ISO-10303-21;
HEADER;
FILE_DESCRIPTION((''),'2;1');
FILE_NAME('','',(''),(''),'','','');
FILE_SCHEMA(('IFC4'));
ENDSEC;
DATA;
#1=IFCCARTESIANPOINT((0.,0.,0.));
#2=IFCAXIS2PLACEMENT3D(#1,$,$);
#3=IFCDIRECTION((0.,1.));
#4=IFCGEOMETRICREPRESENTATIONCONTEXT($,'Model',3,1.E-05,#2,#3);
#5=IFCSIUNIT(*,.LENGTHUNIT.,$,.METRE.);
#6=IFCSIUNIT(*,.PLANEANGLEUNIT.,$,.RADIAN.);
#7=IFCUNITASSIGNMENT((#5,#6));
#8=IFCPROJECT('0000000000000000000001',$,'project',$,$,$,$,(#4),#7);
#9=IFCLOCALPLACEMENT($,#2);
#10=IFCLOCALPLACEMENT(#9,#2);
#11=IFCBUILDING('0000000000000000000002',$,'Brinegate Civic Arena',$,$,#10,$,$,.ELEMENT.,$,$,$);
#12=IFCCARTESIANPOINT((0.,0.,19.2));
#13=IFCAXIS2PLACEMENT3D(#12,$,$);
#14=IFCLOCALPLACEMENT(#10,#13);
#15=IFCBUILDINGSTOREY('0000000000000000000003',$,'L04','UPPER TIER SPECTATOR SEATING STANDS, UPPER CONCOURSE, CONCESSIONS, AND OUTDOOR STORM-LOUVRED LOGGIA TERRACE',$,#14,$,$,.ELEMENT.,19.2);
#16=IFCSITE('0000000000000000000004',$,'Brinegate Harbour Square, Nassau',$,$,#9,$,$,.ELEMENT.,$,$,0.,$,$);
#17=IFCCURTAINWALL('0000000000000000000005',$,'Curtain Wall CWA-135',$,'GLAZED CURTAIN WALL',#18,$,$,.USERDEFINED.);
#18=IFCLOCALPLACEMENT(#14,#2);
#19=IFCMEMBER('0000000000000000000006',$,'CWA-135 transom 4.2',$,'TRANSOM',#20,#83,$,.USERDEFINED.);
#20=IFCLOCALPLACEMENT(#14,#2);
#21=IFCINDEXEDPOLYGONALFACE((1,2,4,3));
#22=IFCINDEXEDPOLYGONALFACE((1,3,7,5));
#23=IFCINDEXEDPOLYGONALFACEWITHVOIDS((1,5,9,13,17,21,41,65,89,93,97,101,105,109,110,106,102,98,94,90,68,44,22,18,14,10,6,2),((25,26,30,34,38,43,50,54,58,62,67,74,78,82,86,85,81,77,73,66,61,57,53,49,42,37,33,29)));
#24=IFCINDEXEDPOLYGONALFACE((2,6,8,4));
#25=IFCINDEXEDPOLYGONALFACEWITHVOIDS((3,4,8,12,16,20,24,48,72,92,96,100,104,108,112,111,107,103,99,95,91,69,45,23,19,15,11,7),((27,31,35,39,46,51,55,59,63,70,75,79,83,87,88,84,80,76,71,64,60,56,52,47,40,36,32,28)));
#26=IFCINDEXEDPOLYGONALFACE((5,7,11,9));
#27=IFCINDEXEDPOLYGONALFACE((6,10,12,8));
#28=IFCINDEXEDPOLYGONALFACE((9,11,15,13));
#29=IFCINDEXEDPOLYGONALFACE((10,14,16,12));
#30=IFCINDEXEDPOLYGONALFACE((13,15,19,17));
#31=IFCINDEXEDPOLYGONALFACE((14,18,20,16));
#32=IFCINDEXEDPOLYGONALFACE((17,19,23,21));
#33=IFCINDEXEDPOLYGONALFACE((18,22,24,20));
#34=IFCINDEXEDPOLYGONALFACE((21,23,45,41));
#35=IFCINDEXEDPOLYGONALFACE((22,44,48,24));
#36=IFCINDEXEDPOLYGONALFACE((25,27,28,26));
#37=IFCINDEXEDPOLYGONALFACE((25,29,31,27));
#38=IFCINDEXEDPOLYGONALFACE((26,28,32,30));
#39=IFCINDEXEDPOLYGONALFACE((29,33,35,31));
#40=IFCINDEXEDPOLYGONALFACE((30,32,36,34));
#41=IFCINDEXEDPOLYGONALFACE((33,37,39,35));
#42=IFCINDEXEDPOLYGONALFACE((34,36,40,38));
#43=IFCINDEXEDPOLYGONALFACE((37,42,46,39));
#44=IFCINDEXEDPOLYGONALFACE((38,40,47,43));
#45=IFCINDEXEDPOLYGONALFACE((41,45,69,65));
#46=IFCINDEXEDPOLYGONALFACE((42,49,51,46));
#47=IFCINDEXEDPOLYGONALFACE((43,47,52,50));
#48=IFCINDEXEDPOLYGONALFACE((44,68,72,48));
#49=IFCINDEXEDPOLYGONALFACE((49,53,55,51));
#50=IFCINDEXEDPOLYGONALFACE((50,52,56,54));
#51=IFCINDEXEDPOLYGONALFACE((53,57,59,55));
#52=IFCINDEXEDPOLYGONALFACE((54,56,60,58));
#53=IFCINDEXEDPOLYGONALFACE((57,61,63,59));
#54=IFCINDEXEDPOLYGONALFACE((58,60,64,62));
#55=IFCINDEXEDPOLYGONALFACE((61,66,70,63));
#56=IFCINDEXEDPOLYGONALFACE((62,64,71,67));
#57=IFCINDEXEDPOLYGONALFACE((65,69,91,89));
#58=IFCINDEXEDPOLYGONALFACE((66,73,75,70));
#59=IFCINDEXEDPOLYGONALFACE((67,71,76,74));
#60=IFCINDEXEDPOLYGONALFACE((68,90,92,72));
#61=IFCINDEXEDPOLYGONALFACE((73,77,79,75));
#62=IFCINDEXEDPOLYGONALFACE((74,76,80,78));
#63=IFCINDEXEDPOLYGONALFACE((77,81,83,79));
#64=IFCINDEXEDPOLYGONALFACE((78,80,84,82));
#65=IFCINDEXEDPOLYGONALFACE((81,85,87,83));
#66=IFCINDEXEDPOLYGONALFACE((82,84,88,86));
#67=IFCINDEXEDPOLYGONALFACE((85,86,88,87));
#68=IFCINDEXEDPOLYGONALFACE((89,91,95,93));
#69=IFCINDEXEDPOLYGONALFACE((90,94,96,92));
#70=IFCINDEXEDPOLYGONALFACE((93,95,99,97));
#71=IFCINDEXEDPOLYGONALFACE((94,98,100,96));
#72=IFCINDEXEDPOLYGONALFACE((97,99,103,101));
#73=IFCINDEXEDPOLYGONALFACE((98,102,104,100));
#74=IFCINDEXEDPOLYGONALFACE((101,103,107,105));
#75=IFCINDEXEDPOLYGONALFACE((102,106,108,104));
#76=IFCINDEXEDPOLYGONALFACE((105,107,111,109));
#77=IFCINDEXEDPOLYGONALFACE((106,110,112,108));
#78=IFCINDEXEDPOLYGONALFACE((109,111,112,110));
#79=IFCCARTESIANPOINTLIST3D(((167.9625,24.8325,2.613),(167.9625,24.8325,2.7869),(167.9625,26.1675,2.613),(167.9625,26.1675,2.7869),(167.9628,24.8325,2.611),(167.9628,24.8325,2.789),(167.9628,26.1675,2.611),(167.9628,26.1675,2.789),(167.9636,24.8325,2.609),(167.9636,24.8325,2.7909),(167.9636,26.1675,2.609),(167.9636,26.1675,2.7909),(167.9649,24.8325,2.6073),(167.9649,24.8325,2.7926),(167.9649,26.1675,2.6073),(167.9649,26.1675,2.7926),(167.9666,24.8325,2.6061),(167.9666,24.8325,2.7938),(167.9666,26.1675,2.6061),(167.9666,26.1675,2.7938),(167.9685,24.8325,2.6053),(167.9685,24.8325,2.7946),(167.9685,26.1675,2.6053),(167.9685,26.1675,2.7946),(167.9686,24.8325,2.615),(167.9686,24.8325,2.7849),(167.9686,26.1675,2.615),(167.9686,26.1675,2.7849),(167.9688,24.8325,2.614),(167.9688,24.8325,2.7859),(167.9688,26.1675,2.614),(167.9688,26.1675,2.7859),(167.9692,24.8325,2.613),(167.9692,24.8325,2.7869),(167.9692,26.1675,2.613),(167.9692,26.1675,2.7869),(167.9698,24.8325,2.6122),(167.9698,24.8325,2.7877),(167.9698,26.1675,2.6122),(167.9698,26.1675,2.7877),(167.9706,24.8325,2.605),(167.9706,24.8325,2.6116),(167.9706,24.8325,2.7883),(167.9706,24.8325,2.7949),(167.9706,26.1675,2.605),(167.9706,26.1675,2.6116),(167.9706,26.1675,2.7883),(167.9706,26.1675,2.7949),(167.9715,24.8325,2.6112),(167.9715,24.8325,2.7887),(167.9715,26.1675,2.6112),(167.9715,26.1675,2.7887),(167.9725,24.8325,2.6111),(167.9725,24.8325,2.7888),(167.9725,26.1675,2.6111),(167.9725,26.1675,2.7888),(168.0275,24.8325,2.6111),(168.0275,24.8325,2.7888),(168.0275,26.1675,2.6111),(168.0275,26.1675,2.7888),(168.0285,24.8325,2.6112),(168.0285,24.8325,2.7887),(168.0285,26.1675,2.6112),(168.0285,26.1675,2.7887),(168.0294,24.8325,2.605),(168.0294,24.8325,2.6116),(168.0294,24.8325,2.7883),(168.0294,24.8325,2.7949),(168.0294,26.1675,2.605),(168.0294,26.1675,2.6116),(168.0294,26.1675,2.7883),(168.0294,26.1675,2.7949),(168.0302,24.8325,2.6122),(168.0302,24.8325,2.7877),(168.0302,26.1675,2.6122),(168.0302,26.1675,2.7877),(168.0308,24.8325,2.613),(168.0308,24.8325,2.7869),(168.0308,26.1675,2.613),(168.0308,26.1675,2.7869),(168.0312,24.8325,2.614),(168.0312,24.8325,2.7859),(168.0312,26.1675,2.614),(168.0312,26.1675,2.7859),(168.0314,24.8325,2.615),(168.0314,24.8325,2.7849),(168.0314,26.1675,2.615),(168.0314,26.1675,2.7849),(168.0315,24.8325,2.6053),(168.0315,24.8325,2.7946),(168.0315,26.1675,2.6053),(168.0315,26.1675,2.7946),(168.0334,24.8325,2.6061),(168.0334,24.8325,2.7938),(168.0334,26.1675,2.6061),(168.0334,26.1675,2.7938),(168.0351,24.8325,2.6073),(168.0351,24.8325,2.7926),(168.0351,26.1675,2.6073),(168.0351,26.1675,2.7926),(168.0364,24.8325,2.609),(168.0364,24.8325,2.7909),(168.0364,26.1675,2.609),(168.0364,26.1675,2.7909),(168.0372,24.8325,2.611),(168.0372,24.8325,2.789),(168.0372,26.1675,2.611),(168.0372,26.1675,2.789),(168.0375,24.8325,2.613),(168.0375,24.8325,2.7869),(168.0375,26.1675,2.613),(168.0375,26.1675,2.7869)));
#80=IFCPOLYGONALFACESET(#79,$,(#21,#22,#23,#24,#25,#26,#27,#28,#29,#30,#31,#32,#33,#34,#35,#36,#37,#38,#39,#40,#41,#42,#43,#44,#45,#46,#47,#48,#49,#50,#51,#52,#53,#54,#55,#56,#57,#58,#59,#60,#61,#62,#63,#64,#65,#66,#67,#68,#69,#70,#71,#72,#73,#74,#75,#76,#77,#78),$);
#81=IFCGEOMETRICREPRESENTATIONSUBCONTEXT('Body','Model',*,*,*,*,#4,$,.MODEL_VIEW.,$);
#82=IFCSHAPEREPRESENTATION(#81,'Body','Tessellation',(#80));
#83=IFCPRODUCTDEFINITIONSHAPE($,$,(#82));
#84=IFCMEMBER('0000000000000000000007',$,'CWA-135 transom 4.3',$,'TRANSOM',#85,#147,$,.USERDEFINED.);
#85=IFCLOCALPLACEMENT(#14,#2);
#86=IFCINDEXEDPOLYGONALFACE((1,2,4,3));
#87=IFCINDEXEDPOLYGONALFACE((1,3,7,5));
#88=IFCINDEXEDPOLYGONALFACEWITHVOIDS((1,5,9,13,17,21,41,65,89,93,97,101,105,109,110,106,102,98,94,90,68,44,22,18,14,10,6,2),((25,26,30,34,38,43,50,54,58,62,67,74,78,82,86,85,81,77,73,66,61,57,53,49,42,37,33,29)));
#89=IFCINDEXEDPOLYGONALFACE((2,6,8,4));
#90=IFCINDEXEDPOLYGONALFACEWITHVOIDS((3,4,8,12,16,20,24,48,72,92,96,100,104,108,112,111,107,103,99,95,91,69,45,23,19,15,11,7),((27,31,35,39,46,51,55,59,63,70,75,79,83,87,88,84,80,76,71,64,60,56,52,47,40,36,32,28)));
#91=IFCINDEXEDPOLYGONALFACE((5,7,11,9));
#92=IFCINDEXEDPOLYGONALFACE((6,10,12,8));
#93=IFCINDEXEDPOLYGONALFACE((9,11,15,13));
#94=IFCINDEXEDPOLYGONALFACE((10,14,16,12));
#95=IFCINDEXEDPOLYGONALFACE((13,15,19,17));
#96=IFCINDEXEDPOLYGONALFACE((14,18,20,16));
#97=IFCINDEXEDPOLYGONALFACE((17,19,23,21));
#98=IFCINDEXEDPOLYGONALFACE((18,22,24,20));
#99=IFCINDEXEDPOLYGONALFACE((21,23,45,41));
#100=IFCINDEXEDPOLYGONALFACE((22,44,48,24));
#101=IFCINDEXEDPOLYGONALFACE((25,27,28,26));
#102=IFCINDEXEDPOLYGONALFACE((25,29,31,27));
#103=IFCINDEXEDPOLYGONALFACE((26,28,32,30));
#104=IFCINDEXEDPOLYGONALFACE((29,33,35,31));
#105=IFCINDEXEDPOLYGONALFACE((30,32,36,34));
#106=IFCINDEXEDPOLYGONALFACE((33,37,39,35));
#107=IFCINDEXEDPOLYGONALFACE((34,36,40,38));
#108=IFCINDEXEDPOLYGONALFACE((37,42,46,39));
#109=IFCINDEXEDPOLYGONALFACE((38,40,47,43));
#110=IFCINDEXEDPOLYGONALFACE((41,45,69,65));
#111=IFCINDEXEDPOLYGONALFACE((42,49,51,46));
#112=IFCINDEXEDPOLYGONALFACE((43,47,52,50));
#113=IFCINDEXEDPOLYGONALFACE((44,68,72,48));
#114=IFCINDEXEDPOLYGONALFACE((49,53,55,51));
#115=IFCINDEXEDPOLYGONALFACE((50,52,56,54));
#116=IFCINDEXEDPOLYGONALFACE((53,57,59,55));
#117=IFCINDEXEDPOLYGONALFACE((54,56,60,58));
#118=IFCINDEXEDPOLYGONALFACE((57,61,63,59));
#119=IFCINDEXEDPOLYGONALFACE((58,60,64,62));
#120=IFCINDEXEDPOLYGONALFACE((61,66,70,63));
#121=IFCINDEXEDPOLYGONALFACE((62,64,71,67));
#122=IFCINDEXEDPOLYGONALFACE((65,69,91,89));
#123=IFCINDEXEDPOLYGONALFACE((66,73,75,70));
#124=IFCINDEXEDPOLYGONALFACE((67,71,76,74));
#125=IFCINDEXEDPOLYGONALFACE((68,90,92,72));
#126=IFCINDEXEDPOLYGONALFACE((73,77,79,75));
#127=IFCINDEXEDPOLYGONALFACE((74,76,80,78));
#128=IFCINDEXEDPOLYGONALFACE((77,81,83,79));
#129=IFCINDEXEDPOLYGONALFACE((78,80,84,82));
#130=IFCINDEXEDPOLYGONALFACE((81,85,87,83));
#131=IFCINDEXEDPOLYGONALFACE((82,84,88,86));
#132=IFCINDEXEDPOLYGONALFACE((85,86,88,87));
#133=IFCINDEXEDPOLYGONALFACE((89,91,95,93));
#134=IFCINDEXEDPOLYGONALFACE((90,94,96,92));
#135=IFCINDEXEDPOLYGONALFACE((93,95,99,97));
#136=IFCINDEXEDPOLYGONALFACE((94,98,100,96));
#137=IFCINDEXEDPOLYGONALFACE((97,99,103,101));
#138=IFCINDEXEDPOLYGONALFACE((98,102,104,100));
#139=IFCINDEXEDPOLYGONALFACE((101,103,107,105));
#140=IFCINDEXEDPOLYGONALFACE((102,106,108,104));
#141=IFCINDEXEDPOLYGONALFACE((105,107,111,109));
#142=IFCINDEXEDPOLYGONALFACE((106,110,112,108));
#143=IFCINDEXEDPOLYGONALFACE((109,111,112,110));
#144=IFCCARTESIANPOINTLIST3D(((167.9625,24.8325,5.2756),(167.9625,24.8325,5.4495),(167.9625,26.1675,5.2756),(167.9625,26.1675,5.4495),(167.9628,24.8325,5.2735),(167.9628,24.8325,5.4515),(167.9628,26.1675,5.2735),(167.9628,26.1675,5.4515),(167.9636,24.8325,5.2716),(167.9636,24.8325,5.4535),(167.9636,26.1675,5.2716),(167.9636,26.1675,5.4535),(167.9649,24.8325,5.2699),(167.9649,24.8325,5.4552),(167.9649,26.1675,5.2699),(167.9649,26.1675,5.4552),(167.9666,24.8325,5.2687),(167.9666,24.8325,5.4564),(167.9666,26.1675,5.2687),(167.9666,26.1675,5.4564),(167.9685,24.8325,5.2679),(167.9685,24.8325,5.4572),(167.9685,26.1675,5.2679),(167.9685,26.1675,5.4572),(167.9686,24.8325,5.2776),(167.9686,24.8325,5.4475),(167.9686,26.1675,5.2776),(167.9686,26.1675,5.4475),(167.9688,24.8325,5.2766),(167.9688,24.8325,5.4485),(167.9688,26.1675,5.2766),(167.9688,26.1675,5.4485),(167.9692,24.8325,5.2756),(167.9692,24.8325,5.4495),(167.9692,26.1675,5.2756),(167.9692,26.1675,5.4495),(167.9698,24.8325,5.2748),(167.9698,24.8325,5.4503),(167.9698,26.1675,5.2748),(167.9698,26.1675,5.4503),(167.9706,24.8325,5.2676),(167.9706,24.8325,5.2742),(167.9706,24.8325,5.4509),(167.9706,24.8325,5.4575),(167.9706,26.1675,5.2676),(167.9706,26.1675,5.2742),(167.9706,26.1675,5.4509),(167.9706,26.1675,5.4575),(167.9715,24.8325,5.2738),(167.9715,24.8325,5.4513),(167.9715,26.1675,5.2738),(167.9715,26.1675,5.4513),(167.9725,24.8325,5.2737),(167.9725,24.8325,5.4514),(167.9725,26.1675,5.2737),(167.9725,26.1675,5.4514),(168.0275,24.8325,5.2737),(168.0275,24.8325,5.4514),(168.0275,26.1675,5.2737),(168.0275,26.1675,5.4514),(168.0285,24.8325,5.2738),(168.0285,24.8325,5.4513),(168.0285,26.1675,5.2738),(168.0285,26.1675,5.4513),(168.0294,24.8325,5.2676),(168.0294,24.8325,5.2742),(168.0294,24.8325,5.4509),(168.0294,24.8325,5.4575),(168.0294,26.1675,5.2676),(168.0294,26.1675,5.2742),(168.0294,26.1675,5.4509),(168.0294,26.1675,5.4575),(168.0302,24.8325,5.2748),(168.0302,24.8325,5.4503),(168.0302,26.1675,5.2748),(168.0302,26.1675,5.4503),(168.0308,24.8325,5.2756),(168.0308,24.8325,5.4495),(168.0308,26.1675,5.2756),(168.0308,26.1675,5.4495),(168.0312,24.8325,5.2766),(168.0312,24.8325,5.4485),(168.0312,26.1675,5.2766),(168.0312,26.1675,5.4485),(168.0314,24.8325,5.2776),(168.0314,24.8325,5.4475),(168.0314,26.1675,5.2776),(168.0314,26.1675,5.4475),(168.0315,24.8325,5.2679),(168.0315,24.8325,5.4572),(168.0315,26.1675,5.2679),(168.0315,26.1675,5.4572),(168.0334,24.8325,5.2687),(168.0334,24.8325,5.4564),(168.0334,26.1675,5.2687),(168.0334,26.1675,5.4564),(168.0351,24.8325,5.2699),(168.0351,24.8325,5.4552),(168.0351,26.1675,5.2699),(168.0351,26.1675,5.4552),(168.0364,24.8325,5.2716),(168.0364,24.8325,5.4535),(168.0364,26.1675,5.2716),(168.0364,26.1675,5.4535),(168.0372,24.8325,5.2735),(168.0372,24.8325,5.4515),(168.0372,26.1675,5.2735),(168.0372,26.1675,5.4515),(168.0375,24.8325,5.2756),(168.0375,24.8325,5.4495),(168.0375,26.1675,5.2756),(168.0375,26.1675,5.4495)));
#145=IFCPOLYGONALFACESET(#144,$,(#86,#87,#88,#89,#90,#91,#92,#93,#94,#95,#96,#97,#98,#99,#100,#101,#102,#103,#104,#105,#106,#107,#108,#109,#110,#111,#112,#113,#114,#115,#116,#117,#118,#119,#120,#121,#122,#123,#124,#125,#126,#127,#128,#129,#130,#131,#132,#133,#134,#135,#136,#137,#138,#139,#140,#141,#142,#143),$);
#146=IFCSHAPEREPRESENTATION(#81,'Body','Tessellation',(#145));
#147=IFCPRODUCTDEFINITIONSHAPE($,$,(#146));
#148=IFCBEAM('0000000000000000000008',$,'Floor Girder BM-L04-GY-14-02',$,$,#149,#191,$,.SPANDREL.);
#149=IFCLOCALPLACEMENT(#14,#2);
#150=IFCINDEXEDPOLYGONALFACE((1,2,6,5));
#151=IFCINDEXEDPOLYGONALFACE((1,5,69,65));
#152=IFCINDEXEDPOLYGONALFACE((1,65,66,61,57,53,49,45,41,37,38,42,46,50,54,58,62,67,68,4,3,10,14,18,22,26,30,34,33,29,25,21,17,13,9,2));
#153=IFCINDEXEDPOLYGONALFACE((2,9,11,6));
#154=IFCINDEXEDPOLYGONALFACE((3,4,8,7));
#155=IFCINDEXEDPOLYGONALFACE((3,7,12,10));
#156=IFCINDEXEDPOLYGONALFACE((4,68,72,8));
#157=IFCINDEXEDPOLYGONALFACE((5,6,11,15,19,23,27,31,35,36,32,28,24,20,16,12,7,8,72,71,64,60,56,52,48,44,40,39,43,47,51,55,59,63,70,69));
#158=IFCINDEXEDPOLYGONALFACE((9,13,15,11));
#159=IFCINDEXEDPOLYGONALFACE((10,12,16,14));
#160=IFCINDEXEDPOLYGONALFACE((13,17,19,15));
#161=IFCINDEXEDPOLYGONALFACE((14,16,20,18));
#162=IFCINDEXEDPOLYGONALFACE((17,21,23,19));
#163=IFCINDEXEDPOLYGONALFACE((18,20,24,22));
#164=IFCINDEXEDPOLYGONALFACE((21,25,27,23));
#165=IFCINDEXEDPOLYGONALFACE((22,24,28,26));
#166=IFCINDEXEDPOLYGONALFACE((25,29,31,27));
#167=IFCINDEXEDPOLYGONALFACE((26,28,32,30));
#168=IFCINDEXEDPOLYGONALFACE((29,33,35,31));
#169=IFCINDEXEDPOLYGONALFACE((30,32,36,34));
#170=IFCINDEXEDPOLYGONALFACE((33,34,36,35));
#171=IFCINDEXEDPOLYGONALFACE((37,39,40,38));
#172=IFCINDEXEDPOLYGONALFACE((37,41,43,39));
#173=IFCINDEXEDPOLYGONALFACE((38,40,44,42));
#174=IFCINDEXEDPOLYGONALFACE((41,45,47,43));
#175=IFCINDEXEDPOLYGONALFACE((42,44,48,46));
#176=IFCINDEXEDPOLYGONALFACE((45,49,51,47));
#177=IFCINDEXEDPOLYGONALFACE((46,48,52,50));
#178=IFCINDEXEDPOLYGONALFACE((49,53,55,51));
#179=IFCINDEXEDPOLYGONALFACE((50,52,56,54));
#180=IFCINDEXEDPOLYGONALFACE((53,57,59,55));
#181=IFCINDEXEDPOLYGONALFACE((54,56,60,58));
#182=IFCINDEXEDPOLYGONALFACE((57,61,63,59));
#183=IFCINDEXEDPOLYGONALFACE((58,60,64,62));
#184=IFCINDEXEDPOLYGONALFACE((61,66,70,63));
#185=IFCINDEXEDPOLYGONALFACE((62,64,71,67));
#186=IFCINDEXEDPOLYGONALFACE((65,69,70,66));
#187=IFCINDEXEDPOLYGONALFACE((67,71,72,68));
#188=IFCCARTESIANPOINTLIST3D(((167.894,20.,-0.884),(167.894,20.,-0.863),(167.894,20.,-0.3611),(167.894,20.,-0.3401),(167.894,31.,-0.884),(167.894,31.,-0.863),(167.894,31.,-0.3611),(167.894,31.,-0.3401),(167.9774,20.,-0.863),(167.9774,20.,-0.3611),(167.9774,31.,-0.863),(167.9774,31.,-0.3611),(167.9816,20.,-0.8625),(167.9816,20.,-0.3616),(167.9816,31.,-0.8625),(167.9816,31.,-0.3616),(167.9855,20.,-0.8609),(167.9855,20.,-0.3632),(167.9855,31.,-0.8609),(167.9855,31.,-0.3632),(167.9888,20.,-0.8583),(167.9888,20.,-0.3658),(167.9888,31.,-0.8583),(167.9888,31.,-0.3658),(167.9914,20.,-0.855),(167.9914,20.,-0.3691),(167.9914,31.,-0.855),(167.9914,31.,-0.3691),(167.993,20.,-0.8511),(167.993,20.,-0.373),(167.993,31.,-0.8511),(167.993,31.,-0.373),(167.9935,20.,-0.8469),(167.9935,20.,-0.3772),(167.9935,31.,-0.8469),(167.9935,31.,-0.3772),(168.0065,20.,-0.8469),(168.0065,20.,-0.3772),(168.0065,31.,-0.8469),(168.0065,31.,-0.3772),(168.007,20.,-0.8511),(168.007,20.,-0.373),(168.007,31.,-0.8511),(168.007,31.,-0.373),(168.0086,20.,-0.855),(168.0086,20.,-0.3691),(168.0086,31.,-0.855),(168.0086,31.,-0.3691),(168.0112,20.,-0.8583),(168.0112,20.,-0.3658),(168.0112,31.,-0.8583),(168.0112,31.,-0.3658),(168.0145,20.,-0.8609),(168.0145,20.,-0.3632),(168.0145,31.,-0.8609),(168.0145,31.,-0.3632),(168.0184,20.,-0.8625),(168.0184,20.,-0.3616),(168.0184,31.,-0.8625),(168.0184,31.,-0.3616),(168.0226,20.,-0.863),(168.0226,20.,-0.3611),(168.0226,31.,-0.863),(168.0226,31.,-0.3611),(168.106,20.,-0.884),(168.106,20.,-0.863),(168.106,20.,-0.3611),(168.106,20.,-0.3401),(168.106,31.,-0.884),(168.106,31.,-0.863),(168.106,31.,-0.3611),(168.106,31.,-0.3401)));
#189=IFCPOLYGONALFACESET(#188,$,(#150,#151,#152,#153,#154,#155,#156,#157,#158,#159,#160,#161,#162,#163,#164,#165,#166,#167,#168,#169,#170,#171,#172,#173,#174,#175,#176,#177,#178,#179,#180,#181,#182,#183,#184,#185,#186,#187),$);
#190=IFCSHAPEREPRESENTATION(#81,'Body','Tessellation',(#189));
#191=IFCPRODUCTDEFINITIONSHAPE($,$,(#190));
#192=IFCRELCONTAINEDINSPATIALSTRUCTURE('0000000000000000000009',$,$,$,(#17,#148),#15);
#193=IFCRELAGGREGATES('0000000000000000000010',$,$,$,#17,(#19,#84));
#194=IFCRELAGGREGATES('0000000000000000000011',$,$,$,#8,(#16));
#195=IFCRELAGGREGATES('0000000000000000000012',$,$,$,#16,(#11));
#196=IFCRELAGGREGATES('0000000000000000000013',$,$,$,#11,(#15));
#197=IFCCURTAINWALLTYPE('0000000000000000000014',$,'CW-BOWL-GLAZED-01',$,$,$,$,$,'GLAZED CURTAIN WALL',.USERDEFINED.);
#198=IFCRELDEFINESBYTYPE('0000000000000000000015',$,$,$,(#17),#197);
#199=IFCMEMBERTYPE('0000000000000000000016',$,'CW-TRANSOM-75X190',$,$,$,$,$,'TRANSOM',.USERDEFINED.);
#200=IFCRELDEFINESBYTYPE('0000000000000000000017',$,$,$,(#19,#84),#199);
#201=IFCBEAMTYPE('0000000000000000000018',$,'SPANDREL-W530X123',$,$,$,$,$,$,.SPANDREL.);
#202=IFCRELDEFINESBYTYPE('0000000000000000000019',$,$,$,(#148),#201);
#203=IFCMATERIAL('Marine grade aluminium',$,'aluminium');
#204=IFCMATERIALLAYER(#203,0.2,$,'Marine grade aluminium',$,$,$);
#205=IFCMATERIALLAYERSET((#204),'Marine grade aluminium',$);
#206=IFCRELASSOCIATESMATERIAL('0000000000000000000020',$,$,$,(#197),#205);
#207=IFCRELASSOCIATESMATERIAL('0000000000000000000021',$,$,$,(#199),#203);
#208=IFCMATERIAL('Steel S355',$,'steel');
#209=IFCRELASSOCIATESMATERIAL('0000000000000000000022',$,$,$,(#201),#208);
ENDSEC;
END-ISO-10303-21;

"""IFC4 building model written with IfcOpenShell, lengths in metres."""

from ifc_helpers import new_model, si_unit, direction, frame, origin, origin_2d, place, context, subcontext, project, spatial, hollow_rectangle, i_section, extrude, material, layer, layer_set, material_profile, profile_set, type_object, element, aggregate, save


model = new_model("IFC4")

# Units and contexts
model_context = context("Model", 3, precision=1e-05, world=origin(), true_north=direction((0.0, 1.0)))
body_context = subcontext(model_context, "Body", "Model", "MODEL_VIEW")
ifc_project = project(units=[si_unit("LENGTHUNIT", "METRE"), si_unit("PLANEANGLEUNIT", "RADIAN")], contexts=[model_context])

# Site, building, storey
site_placement = place(None, origin())
site = spatial("IfcSite", under=ifc_project, at=site_placement, Name="Brinegate Harbour Square, Nassau", CompositionType="ELEMENT", RefElevation=0.0)
building_placement = place(site_placement, origin())
building = spatial("IfcBuilding", under=site, at=building_placement, Name="Brinegate Civic Arena", CompositionType="ELEMENT")
storey_placement = place(building_placement, frame((0.0, 0.0, 19.2)))
storey = spatial("IfcBuildingStorey", under=building, at=storey_placement, Name="L04", Description="UPPER TIER SPECTATOR SEATING STANDS, UPPER CONCOURSE, CONCESSIONS, AND OUTDOOR STORM-LOUVRED LOGGIA TERRACE", CompositionType="ELEMENT", Elevation=19.2)

# Curtain wall, members
ifc_material_1 = material(Name="Marine grade aluminium", Category="aluminium")
ifc_layer_1 = layer(ifc_material_1, 0.2, Name="Marine grade aluminium")
ifc_layer_set_1 = layer_set([ifc_layer_1], Name="Marine grade aluminium")
curtain_wall_type = type_object("IfcCurtainWallType", Name="CW-BOWL-GLAZED-01", ElementType="GLAZED CURTAIN WALL", PredefinedType="USERDEFINED", material=ifc_layer_set_1)
curtain_wall_placement = place(storey_placement, origin())
curtain_wall = element("IfcCurtainWall", 1, at=curtain_wall_placement, inside=storey, type_object=curtain_wall_type, Name="Curtain Wall CWA-135", ObjectType="GLAZED CURTAIN WALL", PredefinedType="USERDEFINED")
ifc_material_profile_1 = material_profile(ifc_material_1, hollow_rectangle(XDim=0.075, YDim=0.1899, WallThickness=0.0061, InnerFilletRadius=0.0039, OuterFilletRadius=0.0081, at=origin_2d()), Name="TRN75X190")
ifc_profile_set_1 = profile_set([ifc_material_profile_1], Name="Marine grade aluminium")
member_type_1 = type_object("IfcMemberType", Name="CW-TRANSOM-75X190", ElementType="TRANSOM", PredefinedType="USERDEFINED", material=ifc_profile_set_1)
member_1_placement = place(storey_placement, frame((168.0, 24.8325, 2.7), z_axis=(0.0, 1.0, 0.0), x_axis=(-1.0, 0.0, 0.0)))
member_1 = element("IfcMember", 2, at=member_1_placement, type_object=member_type_1, Name="CWA-135 transom 4.2", ObjectType="TRANSOM", PredefinedType="USERDEFINED", context=body_context, shape_type="SweptSolid", body=[
    extrude(hollow_rectangle(XDim=0.075, YDim=0.1899, WallThickness=0.0061, InnerFilletRadius=0.0039, OuterFilletRadius=0.0081, at=origin_2d()), origin(), (0.0, 0.0, 1.0), 1.335),
])
member_2_placement = place(storey_placement, frame((168.0, 24.8325, 5.3625), z_axis=(0.0, 1.0, 0.0), x_axis=(-1.0, 0.0, 0.0)))
member_2 = element("IfcMember", 3, at=member_2_placement, type_object=member_type_1, Name="CWA-135 transom 4.3", ObjectType="TRANSOM", PredefinedType="USERDEFINED", context=body_context, shape_type="SweptSolid", body=[
    extrude(hollow_rectangle(XDim=0.075, YDim=0.1899, WallThickness=0.0061, InnerFilletRadius=0.0039, OuterFilletRadius=0.0081, at=origin_2d()), origin(), (0.0, 0.0, 1.0), 1.335),
])

# Beam
ifc_material_2 = material(Name="Steel S355", Category="steel")
ifc_material_profile_2 = material_profile(ifc_material_2, i_section(OverallWidth=0.2119, OverallDepth=0.5439, WebThickness=0.0129, FlangeThickness=0.021, FilletRadius=0.0161, at=origin_2d()), Name="W530X123")
ifc_profile_set_2 = profile_set([ifc_material_profile_2], Name="Steel S355")
beam_type = type_object("IfcBeamType", Name="SPANDREL-W530X123", PredefinedType="SPANDREL", material=ifc_profile_set_2)
beam_placement = place(storey_placement, frame((168.0, 20.0, -0.6121), z_axis=(0.0, 1.0, 0.0), x_axis=(-1.0, 0.0, 0.0)))
element("IfcBeam", 4, at=beam_placement, inside=storey, type_object=beam_type, Name="Floor Girder BM-L04-GY-14-02", PredefinedType="SPANDREL", context=body_context, shape_type="SweptSolid", body=[
    extrude(i_section(OverallWidth=0.2119, OverallDepth=0.5439, WebThickness=0.0129, FlangeThickness=0.021, FilletRadius=0.0161, at=origin_2d()), origin(), (0.0, 0.0, 1.0), 11.0),
])

aggregate(curtain_wall, [member_1, member_2])

save(model, "model.ifc")
